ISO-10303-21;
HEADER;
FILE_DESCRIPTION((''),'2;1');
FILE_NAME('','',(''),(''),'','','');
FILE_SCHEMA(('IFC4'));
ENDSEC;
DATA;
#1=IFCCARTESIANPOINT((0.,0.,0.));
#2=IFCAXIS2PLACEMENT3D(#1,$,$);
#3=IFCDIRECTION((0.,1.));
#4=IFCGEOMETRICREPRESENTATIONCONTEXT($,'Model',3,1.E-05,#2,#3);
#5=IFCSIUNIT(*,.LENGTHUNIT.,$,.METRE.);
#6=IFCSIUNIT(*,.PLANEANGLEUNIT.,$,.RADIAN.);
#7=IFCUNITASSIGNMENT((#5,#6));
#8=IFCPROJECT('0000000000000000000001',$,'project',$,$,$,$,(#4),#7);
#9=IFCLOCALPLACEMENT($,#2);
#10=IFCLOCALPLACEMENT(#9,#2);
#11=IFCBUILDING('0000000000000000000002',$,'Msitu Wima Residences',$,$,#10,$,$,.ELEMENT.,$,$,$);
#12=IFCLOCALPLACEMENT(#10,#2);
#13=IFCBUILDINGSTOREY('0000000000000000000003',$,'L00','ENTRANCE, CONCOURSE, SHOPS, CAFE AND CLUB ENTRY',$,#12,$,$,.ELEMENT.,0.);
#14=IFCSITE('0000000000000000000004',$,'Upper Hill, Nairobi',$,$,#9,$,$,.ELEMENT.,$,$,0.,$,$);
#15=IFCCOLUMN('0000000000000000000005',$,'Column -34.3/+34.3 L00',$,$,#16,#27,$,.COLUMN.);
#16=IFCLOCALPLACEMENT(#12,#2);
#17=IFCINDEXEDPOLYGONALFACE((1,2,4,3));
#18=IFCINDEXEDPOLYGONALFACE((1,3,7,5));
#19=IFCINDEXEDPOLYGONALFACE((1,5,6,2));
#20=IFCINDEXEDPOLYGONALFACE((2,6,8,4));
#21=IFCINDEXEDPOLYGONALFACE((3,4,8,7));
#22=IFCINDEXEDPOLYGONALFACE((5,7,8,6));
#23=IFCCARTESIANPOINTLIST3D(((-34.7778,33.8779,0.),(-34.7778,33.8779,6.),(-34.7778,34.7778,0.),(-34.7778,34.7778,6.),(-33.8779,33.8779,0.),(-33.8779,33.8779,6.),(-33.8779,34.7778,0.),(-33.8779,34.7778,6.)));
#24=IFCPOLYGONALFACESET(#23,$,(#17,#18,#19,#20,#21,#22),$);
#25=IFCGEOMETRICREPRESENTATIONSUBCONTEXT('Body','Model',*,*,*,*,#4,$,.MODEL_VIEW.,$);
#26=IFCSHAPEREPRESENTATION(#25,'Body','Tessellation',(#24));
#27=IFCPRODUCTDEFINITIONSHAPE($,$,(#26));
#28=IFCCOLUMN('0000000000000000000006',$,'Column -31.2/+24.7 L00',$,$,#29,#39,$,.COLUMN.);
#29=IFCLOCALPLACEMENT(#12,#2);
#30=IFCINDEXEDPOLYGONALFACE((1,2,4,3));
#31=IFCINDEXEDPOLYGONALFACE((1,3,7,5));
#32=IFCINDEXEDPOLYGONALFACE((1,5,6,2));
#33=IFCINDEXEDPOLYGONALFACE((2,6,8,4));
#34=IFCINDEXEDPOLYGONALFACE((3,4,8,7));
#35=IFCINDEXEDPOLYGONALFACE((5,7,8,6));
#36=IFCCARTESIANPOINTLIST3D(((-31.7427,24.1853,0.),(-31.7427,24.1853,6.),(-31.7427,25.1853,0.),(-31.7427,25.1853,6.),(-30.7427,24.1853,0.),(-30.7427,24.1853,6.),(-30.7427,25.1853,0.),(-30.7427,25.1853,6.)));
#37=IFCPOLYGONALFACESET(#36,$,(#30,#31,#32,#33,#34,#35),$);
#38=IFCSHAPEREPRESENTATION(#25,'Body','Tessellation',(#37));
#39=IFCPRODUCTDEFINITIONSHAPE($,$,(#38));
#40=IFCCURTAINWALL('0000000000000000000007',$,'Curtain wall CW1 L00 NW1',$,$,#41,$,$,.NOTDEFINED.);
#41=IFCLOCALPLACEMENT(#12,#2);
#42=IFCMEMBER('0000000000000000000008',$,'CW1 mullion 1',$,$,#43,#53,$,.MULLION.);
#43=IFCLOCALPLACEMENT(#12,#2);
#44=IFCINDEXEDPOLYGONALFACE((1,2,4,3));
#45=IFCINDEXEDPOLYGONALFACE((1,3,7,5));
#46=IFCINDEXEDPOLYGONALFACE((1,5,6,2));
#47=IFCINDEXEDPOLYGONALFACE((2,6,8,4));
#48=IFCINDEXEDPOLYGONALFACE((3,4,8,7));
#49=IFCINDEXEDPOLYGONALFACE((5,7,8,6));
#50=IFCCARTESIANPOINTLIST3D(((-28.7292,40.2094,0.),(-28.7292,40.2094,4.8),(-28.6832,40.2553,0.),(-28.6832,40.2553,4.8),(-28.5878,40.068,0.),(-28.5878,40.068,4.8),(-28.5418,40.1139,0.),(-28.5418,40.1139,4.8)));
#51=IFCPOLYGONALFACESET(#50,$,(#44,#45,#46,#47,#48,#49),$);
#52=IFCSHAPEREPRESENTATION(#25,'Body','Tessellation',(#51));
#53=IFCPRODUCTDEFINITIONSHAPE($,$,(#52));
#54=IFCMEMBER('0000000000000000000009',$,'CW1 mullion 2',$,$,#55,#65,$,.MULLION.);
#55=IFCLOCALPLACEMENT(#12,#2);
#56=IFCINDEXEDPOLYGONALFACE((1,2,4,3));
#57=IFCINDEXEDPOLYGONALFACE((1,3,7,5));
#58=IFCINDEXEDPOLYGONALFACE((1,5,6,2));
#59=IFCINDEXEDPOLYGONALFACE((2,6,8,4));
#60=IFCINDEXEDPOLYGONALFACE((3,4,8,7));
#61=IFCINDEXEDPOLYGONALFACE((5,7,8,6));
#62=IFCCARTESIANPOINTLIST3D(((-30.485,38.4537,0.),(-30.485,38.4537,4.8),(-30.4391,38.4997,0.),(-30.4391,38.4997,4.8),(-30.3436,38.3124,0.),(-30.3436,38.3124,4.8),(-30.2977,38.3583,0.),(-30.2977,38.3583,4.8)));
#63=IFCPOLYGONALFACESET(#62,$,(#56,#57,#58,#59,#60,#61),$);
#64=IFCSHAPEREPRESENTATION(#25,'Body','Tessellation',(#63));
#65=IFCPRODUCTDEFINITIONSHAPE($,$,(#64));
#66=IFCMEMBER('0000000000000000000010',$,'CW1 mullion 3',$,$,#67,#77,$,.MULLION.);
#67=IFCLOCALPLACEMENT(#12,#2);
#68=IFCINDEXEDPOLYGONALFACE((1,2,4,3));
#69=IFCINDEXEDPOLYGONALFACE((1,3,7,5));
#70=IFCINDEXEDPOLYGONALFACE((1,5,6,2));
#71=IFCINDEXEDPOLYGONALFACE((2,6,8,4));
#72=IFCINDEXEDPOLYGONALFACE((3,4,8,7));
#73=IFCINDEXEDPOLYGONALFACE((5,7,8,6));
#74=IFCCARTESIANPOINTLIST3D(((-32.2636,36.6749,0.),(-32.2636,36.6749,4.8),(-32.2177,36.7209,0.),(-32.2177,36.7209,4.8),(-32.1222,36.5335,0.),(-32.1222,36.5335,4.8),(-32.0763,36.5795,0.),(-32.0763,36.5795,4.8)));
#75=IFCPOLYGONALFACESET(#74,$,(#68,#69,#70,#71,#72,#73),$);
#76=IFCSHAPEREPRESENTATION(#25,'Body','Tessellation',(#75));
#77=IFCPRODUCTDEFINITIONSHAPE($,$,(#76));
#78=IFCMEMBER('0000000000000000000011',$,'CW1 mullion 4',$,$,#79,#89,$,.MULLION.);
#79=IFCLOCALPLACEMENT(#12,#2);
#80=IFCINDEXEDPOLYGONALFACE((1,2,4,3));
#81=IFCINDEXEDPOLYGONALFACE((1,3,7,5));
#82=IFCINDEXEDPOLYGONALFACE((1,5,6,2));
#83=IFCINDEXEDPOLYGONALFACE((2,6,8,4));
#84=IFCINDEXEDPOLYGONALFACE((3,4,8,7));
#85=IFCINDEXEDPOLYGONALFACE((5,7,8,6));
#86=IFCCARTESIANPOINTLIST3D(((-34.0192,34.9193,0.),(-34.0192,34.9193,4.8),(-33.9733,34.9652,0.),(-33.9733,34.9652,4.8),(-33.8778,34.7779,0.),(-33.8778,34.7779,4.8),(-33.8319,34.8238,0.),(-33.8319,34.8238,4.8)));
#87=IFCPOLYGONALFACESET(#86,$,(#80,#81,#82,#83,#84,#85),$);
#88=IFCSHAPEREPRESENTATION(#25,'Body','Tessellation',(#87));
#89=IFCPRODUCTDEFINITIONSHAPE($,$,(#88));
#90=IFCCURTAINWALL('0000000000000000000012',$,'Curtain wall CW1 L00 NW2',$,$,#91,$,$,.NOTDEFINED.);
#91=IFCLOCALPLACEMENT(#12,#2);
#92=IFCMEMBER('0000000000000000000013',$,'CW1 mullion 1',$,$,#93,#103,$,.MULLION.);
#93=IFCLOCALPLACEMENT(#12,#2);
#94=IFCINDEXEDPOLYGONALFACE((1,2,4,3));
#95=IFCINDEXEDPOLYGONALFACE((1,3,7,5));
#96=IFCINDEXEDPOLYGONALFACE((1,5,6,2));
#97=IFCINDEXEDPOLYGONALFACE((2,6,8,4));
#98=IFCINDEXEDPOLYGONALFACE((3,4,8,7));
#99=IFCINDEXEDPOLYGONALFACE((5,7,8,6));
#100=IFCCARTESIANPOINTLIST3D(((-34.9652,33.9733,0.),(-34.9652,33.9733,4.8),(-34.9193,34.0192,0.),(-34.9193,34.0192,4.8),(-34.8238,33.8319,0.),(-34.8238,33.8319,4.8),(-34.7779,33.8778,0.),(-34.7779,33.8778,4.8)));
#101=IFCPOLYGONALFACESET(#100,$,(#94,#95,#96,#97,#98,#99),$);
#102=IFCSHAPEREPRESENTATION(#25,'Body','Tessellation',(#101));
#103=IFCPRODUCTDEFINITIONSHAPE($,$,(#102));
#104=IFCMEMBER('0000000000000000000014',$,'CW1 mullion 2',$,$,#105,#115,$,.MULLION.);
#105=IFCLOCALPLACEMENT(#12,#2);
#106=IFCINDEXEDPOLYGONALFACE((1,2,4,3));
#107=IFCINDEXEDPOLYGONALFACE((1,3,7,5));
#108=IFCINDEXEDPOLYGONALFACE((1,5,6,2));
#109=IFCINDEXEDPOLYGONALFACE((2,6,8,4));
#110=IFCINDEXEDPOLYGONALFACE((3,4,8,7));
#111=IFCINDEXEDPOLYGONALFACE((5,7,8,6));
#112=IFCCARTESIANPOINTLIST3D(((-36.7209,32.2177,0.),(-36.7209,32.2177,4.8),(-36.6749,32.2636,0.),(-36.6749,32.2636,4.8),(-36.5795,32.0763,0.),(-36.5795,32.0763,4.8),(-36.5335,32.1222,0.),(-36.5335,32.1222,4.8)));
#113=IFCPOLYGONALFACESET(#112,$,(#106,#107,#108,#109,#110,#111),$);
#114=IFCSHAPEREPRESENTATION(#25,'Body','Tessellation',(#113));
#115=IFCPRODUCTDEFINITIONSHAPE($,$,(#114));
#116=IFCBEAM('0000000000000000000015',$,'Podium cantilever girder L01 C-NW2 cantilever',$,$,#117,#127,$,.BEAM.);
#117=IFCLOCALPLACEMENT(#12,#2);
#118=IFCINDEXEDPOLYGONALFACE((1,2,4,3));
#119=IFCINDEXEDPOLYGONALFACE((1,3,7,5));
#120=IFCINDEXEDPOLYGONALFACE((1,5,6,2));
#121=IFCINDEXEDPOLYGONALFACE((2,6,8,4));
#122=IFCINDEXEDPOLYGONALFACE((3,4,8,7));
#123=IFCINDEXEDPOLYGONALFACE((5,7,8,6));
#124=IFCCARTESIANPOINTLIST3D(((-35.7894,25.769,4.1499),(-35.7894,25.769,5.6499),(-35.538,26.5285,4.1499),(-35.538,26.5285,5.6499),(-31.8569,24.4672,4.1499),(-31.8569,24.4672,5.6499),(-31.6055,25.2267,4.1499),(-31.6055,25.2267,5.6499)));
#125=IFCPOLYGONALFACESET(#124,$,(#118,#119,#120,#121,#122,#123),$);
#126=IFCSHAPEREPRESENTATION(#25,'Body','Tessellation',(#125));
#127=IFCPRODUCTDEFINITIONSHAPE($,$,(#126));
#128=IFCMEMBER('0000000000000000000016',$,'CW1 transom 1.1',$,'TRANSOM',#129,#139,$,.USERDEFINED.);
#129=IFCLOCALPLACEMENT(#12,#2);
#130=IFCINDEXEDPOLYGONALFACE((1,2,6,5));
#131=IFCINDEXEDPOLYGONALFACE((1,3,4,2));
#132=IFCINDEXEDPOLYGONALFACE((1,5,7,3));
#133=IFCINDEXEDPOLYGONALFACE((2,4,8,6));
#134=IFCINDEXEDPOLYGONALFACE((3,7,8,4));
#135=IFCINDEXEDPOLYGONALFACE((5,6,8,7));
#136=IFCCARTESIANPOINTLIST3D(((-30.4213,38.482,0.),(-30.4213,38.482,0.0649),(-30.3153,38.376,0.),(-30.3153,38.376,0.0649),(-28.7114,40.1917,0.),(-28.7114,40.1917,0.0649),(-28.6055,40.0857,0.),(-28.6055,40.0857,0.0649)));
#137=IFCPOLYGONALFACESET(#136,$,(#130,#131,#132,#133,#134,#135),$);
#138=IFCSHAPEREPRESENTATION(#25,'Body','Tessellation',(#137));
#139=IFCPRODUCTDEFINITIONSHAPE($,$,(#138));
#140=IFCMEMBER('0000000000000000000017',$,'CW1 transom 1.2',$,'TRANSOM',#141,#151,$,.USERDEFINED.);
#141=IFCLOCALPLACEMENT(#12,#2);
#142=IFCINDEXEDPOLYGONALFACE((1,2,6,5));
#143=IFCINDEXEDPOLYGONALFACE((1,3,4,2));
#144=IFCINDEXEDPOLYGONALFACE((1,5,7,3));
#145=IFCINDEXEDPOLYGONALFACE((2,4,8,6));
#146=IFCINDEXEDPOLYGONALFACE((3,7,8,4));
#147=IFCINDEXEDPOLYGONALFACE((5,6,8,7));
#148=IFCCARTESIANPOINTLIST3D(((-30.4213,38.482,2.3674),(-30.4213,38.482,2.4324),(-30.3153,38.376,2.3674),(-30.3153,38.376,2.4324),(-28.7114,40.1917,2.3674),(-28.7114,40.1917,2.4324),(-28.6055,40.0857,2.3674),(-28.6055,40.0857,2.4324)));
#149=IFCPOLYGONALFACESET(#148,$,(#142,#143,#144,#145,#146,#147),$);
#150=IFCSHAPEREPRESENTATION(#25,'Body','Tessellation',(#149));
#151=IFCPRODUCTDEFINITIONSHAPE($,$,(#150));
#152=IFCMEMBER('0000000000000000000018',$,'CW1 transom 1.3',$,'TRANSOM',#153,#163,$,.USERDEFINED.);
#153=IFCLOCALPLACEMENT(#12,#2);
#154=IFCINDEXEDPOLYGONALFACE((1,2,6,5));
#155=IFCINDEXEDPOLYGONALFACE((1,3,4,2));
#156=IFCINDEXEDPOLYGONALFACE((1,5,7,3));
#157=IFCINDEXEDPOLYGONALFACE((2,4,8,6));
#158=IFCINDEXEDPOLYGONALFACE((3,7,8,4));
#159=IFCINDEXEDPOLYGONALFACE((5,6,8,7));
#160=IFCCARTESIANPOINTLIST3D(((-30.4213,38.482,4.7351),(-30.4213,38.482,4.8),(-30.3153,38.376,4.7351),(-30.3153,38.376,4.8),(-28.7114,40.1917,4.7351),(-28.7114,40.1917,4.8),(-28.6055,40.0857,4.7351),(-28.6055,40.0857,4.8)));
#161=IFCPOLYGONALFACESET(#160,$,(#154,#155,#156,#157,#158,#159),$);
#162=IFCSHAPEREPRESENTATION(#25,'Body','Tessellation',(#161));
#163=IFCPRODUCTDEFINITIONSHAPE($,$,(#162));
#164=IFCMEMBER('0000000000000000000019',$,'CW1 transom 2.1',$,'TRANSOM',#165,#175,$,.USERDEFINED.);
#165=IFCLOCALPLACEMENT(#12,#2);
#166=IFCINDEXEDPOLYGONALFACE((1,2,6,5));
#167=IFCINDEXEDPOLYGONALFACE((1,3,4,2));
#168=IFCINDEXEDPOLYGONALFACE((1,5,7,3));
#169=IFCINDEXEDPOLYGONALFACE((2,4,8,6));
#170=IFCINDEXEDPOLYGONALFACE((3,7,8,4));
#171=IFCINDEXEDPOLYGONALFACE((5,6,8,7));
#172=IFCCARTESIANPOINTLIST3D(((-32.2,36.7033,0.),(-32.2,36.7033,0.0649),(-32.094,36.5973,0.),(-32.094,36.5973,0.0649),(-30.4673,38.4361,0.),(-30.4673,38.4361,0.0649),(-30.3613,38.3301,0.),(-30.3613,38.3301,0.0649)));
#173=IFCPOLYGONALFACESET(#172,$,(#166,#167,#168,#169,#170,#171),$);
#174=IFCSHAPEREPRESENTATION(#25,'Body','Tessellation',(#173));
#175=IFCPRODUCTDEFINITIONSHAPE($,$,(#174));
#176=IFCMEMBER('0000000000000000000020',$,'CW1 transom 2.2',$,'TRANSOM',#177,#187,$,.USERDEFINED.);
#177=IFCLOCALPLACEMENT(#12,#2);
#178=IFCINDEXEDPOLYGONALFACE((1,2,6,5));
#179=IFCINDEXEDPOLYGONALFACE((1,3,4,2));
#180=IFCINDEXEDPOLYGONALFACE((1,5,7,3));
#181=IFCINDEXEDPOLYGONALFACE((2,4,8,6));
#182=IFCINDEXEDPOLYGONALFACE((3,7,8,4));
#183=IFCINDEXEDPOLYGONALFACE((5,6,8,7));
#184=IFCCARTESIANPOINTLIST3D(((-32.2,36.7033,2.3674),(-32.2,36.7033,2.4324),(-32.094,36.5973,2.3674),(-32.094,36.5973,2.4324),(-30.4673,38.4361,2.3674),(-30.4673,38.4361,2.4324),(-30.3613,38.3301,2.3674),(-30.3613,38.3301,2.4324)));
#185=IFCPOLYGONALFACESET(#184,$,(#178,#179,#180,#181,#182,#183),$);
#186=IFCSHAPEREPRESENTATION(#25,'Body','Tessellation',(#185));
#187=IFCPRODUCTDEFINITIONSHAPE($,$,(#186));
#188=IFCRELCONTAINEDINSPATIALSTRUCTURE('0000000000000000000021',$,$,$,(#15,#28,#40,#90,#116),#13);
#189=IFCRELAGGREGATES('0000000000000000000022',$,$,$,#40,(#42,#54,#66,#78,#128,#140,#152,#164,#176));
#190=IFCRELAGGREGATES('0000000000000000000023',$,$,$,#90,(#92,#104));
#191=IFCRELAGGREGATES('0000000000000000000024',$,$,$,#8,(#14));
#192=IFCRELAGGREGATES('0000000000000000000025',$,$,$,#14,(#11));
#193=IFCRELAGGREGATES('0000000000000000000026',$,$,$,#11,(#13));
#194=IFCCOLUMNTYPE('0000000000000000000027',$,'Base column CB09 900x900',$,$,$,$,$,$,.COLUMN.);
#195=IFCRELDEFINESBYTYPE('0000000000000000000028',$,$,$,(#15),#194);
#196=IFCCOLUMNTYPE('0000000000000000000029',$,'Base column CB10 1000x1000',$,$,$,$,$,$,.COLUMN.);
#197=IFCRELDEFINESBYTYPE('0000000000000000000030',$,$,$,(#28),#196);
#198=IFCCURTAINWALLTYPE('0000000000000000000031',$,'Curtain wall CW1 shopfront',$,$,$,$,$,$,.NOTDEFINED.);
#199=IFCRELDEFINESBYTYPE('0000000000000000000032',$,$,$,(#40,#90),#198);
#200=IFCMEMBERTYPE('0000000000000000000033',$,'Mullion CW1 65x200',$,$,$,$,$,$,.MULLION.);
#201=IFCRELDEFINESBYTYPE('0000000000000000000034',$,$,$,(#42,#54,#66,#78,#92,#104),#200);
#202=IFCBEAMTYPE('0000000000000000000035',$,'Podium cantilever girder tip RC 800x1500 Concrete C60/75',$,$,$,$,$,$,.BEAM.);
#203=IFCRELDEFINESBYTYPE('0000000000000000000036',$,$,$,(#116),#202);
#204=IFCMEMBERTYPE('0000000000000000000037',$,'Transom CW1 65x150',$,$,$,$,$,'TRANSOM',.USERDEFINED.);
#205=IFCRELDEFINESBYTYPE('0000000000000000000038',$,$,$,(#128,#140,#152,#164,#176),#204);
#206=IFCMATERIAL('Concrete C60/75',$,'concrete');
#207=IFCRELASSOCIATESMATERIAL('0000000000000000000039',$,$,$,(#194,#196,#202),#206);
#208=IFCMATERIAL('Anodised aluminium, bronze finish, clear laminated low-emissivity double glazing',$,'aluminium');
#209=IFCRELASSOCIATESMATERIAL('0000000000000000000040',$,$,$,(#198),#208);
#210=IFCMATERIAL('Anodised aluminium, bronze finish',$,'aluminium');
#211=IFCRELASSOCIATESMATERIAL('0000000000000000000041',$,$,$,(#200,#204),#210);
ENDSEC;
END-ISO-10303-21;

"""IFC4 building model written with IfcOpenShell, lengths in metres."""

from ifc_helpers import new_model, si_unit, direction, frame, origin, origin_2d, place, context, subcontext, project, spatial, rectangle, extrude, material, material_profile, profile_set, type_object, element, aggregate, save


model = new_model("IFC4")

# Units and contexts
model_context = context("Model", 3, precision=1e-05, world=origin(), true_north=direction((0.0, 1.0)))
body_context = subcontext(model_context, "Body", "Model", "MODEL_VIEW")
ifc_project = project(units=[si_unit("LENGTHUNIT", "METRE"), si_unit("PLANEANGLEUNIT", "RADIAN")], contexts=[model_context])

# Site, building, storey
site_placement = place(None, origin())
site = spatial("IfcSite", under=ifc_project, at=site_placement, Name="Upper Hill, Nairobi", CompositionType="ELEMENT", RefElevation=0.0)
building_placement = place(site_placement, origin())
building = spatial("IfcBuilding", under=site, at=building_placement, Name="Msitu Wima Residences", CompositionType="ELEMENT")
storey_placement = place(building_placement, origin())
storey = spatial("IfcBuildingStorey", under=building, at=storey_placement, Name="L00", Description="ENTRANCE, CONCOURSE, SHOPS, CAFE AND CLUB ENTRY", CompositionType="ELEMENT", Elevation=0.0)

# Columns
ifc_material_1 = material(Name="Concrete C60/75", Category="concrete")
ifc_material_profile_1 = material_profile(ifc_material_1, rectangle(XDim=0.8999, YDim=0.8999, at=origin_2d()), Name="RC 900x900")
ifc_profile_set_1 = profile_set([ifc_material_profile_1], Name="Concrete C60/75")
column_type_1 = type_object("IfcColumnType", Name="Base column CB09 900x900", PredefinedType="COLUMN", material=ifc_profile_set_1)
column_1_placement = place(storey_placement, frame((-34.3279, 34.3279, 0.0), z_axis=(0.0, 0.0, 1.0), x_axis=(1.0, 0.0, 0.0)))
element("IfcColumn", 1, at=column_1_placement, inside=storey, type_object=column_type_1, Name="Column -34.3/+34.3 L00", PredefinedType="COLUMN", context=body_context, shape_type="SweptSolid", body=[
    extrude(rectangle(XDim=0.8999, YDim=0.8999, at=origin_2d()), origin(), (0.0, 0.0, 1.0), 6.0),
])
ifc_material_profile_2 = material_profile(ifc_material_1, rectangle(XDim=1.0, YDim=1.0, at=origin_2d()), Name="RC 1000x1000")
ifc_profile_set_2 = profile_set([ifc_material_profile_2], Name="Concrete C60/75")
column_type_2 = type_object("IfcColumnType", Name="Base column CB10 1000x1000", PredefinedType="COLUMN", material=ifc_profile_set_2)
column_2_placement = place(storey_placement, frame((-31.2427, 24.6853, 0.0), z_axis=(0.0, 0.0, 1.0), x_axis=(1.0, 0.0, 0.0)))
element("IfcColumn", 2, at=column_2_placement, inside=storey, type_object=column_type_2, Name="Column -31.2/+24.7 L00", PredefinedType="COLUMN", context=body_context, shape_type="SweptSolid", body=[
    extrude(rectangle(XDim=1.0, YDim=1.0, at=origin_2d()), origin(), (0.0, 0.0, 1.0), 6.0),
])

# Curtain walls, members
ifc_material_2 = material(Name="Anodised aluminium, bronze finish, clear laminated low-emissivity double glazing", Category="aluminium")
curtain_wall_type = type_object("IfcCurtainWallType", Name="Curtain wall CW1 shopfront", PredefinedType="NOTDEFINED", material=ifc_material_2)
curtain_wall_1_placement = place(storey_placement, origin())
curtain_wall_1 = element("IfcCurtainWall", 3, at=curtain_wall_1_placement, inside=storey, type_object=curtain_wall_type, Name="Curtain wall CW1 L00 NW1", PredefinedType="NOTDEFINED")
ifc_material_3 = material(Name="Anodised aluminium, bronze finish", Category="aluminium")
ifc_material_profile_3 = material_profile(ifc_material_3, rectangle(XDim=0.2, YDim=0.0649, at=origin_2d()), Name="Mullion 65x200")
ifc_profile_set_3 = profile_set([ifc_material_profile_3], Name="Anodised aluminium, bronze finish")
member_type_1 = type_object("IfcMemberType", Name="Mullion CW1 65x200", PredefinedType="MULLION", material=ifc_profile_set_3)
member_1_placement = place(storey_placement, frame((-28.6355, 40.1616, 0.0), z_axis=(0.0, 0.0, 1.0), x_axis=(0.707107, -0.707107, 0.0)))
member_1 = element("IfcMember", 4, at=member_1_placement, type_object=member_type_1, Name="CW1 mullion 1", PredefinedType="MULLION", context=body_context, shape_type="SweptSolid", body=[
    extrude(rectangle(XDim=0.2, YDim=0.0649, at=origin_2d()), origin(), (0.0, 0.0, 1.0), 4.8),
])
member_2_placement = place(storey_placement, frame((-30.3914, 38.406, 0.0), z_axis=(0.0, 0.0, 1.0), x_axis=(0.707107, -0.707107, 0.0)))
member_2 = element("IfcMember", 5, at=member_2_placement, type_object=member_type_1, Name="CW1 mullion 2", PredefinedType="MULLION", context=body_context, shape_type="SweptSolid", body=[
    extrude(rectangle(XDim=0.2, YDim=0.0649, at=origin_2d()), origin(), (0.0, 0.0, 1.0), 4.8),
])
member_3_placement = place(storey_placement, frame((-32.1699, 36.6272, 0.0), z_axis=(0.0, 0.0, 1.0), x_axis=(0.707107, -0.707107, 0.0)))
member_3 = element("IfcMember", 6, at=member_3_placement, type_object=member_type_1, Name="CW1 mullion 3", PredefinedType="MULLION", context=body_context, shape_type="SweptSolid", body=[
    extrude(rectangle(XDim=0.2, YDim=0.0649, at=origin_2d()), origin(), (0.0, 0.0, 1.0), 4.8),
])
member_4_placement = place(storey_placement, frame((-33.9255, 34.8716, 0.0), z_axis=(0.0, 0.0, 1.0), x_axis=(0.707107, -0.707107, 0.0)))
member_4 = element("IfcMember", 7, at=member_4_placement, type_object=member_type_1, Name="CW1 mullion 4", PredefinedType="MULLION", context=body_context, shape_type="SweptSolid", body=[
    extrude(rectangle(XDim=0.2, YDim=0.0649, at=origin_2d()), origin(), (0.0, 0.0, 1.0), 4.8),
])
curtain_wall_2_placement = place(storey_placement, origin())
curtain_wall_2 = element("IfcCurtainWall", 8, at=curtain_wall_2_placement, inside=storey, type_object=curtain_wall_type, Name="Curtain wall CW1 L00 NW2", PredefinedType="NOTDEFINED")
member_5_placement = place(storey_placement, frame((-34.8716, 33.9255, 0.0), z_axis=(0.0, 0.0, 1.0), x_axis=(0.707107, -0.707107, 0.0)))
member_5 = element("IfcMember", 9, at=member_5_placement, type_object=member_type_1, Name="CW1 mullion 1", PredefinedType="MULLION", context=body_context, shape_type="SweptSolid", body=[
    extrude(rectangle(XDim=0.2, YDim=0.0649, at=origin_2d()), origin(), (0.0, 0.0, 1.0), 4.8),
])
member_6_placement = place(storey_placement, frame((-36.6272, 32.1699, 0.0), z_axis=(0.0, 0.0, 1.0), x_axis=(0.707107, -0.707107, 0.0)))
member_6 = element("IfcMember", 10, at=member_6_placement, type_object=member_type_1, Name="CW1 mullion 2", PredefinedType="MULLION", context=body_context, shape_type="SweptSolid", body=[
    extrude(rectangle(XDim=0.2, YDim=0.0649, at=origin_2d()), origin(), (0.0, 0.0, 1.0), 4.8),
])

# Beam
ifc_material_profile_4 = material_profile(ifc_material_1, rectangle(XDim=0.8, YDim=1.5, at=origin_2d()), Name="RC 800x1500")
ifc_profile_set_4 = profile_set([ifc_material_profile_4], Name="Concrete C60/75")
beam_type = type_object("IfcBeamType", Name="Podium cantilever girder tip RC 800x1500 Concrete C60/75", PredefinedType="BEAM", material=ifc_profile_set_4)
beam_placement = place(storey_placement, frame((-31.7312, 24.8469, 4.8999), z_axis=(-0.949335, 0.314264, 0.0), x_axis=(-0.314264, -0.949335, 0.0)))
element("IfcBeam", 11, at=beam_placement, inside=storey, type_object=beam_type, Name="Podium cantilever girder L01 C-NW2 cantilever", PredefinedType="BEAM", context=body_context, shape_type="SweptSolid", body=[
    extrude(rectangle(XDim=0.8, YDim=1.5, at=origin_2d()), origin(), (0.0, 0.0, 1.0), 4.1423),
])

# Members
ifc_material_profile_5 = material_profile(ifc_material_3, rectangle(XDim=0.1499, YDim=0.0649, at=origin_2d()), Name="Transom 65x150")
ifc_profile_set_5 = profile_set([ifc_material_profile_5], Name="Anodised aluminium, bronze finish")
member_type_2 = type_object("IfcMemberType", Name="Transom CW1 65x150", ElementType="TRANSOM", PredefinedType="USERDEFINED", material=ifc_profile_set_5)
member_7_placement = place(storey_placement, frame((-28.6584, 40.1387, 0.0325), z_axis=(-0.707157, -0.707056, 0.0), x_axis=(0.707056, -0.707157, 0.0)))
member_7 = element("IfcMember", 12, at=member_7_placement, type_object=member_type_2, Name="CW1 transom 1.1", ObjectType="TRANSOM", PredefinedType="USERDEFINED", context=body_context, shape_type="SweptSolid", body=[
    extrude(rectangle(XDim=0.1499, YDim=0.0649, at=origin_2d()), origin(), (0.0, 0.0, 1.0), 2.418),
])
member_8_placement = place(storey_placement, frame((-28.6584, 40.1387, 2.3999), z_axis=(-0.707157, -0.707056, 0.0), x_axis=(0.707056, -0.707157, 0.0)))
member_8 = element("IfcMember", 13, at=member_8_placement, type_object=member_type_2, Name="CW1 transom 1.2", ObjectType="TRANSOM", PredefinedType="USERDEFINED", context=body_context, shape_type="SweptSolid", body=[
    extrude(rectangle(XDim=0.1499, YDim=0.0649, at=origin_2d()), origin(), (0.0, 0.0, 1.0), 2.418),
])
member_9_placement = place(storey_placement, frame((-28.6584, 40.1387, 4.7676), z_axis=(-0.707157, -0.707056, 0.0), x_axis=(0.707056, -0.707157, 0.0)))
member_9 = element("IfcMember", 14, at=member_9_placement, type_object=member_type_2, Name="CW1 transom 1.3", ObjectType="TRANSOM", PredefinedType="USERDEFINED", context=body_context, shape_type="SweptSolid", body=[
    extrude(rectangle(XDim=0.1499, YDim=0.0649, at=origin_2d()), origin(), (0.0, 0.0, 1.0), 2.418),
])
member_10_placement = place(storey_placement, frame((-30.4143, 38.3831, 0.0325), z_axis=(-0.707107, -0.707107, 0.0), x_axis=(0.707107, -0.707107, 0.0)))
member_10 = element("IfcMember", 15, at=member_10_placement, type_object=member_type_2, Name="CW1 transom 2.1", ObjectType="TRANSOM", PredefinedType="USERDEFINED", context=body_context, shape_type="SweptSolid", body=[
    extrude(rectangle(XDim=0.1499, YDim=0.0649, at=origin_2d()), origin(), (0.0, 0.0, 1.0), 2.4504),
])
member_11_placement = place(storey_placement, frame((-30.4143, 38.3831, 2.3999), z_axis=(-0.707107, -0.707107, 0.0), x_axis=(0.707107, -0.707107, 0.0)))
member_11 = element("IfcMember", 16, at=member_11_placement, type_object=member_type_2, Name="CW1 transom 2.2", ObjectType="TRANSOM", PredefinedType="USERDEFINED", context=body_context, shape_type="SweptSolid", body=[
    extrude(rectangle(XDim=0.1499, YDim=0.0649, at=origin_2d()), origin(), (0.0, 0.0, 1.0), 2.4504),
])

aggregate(curtain_wall_1, [member_1, member_2, member_3, member_4, member_7, member_8, member_9, member_10, member_11])
aggregate(curtain_wall_2, [member_5, member_6])

save(model, "model.ifc")
